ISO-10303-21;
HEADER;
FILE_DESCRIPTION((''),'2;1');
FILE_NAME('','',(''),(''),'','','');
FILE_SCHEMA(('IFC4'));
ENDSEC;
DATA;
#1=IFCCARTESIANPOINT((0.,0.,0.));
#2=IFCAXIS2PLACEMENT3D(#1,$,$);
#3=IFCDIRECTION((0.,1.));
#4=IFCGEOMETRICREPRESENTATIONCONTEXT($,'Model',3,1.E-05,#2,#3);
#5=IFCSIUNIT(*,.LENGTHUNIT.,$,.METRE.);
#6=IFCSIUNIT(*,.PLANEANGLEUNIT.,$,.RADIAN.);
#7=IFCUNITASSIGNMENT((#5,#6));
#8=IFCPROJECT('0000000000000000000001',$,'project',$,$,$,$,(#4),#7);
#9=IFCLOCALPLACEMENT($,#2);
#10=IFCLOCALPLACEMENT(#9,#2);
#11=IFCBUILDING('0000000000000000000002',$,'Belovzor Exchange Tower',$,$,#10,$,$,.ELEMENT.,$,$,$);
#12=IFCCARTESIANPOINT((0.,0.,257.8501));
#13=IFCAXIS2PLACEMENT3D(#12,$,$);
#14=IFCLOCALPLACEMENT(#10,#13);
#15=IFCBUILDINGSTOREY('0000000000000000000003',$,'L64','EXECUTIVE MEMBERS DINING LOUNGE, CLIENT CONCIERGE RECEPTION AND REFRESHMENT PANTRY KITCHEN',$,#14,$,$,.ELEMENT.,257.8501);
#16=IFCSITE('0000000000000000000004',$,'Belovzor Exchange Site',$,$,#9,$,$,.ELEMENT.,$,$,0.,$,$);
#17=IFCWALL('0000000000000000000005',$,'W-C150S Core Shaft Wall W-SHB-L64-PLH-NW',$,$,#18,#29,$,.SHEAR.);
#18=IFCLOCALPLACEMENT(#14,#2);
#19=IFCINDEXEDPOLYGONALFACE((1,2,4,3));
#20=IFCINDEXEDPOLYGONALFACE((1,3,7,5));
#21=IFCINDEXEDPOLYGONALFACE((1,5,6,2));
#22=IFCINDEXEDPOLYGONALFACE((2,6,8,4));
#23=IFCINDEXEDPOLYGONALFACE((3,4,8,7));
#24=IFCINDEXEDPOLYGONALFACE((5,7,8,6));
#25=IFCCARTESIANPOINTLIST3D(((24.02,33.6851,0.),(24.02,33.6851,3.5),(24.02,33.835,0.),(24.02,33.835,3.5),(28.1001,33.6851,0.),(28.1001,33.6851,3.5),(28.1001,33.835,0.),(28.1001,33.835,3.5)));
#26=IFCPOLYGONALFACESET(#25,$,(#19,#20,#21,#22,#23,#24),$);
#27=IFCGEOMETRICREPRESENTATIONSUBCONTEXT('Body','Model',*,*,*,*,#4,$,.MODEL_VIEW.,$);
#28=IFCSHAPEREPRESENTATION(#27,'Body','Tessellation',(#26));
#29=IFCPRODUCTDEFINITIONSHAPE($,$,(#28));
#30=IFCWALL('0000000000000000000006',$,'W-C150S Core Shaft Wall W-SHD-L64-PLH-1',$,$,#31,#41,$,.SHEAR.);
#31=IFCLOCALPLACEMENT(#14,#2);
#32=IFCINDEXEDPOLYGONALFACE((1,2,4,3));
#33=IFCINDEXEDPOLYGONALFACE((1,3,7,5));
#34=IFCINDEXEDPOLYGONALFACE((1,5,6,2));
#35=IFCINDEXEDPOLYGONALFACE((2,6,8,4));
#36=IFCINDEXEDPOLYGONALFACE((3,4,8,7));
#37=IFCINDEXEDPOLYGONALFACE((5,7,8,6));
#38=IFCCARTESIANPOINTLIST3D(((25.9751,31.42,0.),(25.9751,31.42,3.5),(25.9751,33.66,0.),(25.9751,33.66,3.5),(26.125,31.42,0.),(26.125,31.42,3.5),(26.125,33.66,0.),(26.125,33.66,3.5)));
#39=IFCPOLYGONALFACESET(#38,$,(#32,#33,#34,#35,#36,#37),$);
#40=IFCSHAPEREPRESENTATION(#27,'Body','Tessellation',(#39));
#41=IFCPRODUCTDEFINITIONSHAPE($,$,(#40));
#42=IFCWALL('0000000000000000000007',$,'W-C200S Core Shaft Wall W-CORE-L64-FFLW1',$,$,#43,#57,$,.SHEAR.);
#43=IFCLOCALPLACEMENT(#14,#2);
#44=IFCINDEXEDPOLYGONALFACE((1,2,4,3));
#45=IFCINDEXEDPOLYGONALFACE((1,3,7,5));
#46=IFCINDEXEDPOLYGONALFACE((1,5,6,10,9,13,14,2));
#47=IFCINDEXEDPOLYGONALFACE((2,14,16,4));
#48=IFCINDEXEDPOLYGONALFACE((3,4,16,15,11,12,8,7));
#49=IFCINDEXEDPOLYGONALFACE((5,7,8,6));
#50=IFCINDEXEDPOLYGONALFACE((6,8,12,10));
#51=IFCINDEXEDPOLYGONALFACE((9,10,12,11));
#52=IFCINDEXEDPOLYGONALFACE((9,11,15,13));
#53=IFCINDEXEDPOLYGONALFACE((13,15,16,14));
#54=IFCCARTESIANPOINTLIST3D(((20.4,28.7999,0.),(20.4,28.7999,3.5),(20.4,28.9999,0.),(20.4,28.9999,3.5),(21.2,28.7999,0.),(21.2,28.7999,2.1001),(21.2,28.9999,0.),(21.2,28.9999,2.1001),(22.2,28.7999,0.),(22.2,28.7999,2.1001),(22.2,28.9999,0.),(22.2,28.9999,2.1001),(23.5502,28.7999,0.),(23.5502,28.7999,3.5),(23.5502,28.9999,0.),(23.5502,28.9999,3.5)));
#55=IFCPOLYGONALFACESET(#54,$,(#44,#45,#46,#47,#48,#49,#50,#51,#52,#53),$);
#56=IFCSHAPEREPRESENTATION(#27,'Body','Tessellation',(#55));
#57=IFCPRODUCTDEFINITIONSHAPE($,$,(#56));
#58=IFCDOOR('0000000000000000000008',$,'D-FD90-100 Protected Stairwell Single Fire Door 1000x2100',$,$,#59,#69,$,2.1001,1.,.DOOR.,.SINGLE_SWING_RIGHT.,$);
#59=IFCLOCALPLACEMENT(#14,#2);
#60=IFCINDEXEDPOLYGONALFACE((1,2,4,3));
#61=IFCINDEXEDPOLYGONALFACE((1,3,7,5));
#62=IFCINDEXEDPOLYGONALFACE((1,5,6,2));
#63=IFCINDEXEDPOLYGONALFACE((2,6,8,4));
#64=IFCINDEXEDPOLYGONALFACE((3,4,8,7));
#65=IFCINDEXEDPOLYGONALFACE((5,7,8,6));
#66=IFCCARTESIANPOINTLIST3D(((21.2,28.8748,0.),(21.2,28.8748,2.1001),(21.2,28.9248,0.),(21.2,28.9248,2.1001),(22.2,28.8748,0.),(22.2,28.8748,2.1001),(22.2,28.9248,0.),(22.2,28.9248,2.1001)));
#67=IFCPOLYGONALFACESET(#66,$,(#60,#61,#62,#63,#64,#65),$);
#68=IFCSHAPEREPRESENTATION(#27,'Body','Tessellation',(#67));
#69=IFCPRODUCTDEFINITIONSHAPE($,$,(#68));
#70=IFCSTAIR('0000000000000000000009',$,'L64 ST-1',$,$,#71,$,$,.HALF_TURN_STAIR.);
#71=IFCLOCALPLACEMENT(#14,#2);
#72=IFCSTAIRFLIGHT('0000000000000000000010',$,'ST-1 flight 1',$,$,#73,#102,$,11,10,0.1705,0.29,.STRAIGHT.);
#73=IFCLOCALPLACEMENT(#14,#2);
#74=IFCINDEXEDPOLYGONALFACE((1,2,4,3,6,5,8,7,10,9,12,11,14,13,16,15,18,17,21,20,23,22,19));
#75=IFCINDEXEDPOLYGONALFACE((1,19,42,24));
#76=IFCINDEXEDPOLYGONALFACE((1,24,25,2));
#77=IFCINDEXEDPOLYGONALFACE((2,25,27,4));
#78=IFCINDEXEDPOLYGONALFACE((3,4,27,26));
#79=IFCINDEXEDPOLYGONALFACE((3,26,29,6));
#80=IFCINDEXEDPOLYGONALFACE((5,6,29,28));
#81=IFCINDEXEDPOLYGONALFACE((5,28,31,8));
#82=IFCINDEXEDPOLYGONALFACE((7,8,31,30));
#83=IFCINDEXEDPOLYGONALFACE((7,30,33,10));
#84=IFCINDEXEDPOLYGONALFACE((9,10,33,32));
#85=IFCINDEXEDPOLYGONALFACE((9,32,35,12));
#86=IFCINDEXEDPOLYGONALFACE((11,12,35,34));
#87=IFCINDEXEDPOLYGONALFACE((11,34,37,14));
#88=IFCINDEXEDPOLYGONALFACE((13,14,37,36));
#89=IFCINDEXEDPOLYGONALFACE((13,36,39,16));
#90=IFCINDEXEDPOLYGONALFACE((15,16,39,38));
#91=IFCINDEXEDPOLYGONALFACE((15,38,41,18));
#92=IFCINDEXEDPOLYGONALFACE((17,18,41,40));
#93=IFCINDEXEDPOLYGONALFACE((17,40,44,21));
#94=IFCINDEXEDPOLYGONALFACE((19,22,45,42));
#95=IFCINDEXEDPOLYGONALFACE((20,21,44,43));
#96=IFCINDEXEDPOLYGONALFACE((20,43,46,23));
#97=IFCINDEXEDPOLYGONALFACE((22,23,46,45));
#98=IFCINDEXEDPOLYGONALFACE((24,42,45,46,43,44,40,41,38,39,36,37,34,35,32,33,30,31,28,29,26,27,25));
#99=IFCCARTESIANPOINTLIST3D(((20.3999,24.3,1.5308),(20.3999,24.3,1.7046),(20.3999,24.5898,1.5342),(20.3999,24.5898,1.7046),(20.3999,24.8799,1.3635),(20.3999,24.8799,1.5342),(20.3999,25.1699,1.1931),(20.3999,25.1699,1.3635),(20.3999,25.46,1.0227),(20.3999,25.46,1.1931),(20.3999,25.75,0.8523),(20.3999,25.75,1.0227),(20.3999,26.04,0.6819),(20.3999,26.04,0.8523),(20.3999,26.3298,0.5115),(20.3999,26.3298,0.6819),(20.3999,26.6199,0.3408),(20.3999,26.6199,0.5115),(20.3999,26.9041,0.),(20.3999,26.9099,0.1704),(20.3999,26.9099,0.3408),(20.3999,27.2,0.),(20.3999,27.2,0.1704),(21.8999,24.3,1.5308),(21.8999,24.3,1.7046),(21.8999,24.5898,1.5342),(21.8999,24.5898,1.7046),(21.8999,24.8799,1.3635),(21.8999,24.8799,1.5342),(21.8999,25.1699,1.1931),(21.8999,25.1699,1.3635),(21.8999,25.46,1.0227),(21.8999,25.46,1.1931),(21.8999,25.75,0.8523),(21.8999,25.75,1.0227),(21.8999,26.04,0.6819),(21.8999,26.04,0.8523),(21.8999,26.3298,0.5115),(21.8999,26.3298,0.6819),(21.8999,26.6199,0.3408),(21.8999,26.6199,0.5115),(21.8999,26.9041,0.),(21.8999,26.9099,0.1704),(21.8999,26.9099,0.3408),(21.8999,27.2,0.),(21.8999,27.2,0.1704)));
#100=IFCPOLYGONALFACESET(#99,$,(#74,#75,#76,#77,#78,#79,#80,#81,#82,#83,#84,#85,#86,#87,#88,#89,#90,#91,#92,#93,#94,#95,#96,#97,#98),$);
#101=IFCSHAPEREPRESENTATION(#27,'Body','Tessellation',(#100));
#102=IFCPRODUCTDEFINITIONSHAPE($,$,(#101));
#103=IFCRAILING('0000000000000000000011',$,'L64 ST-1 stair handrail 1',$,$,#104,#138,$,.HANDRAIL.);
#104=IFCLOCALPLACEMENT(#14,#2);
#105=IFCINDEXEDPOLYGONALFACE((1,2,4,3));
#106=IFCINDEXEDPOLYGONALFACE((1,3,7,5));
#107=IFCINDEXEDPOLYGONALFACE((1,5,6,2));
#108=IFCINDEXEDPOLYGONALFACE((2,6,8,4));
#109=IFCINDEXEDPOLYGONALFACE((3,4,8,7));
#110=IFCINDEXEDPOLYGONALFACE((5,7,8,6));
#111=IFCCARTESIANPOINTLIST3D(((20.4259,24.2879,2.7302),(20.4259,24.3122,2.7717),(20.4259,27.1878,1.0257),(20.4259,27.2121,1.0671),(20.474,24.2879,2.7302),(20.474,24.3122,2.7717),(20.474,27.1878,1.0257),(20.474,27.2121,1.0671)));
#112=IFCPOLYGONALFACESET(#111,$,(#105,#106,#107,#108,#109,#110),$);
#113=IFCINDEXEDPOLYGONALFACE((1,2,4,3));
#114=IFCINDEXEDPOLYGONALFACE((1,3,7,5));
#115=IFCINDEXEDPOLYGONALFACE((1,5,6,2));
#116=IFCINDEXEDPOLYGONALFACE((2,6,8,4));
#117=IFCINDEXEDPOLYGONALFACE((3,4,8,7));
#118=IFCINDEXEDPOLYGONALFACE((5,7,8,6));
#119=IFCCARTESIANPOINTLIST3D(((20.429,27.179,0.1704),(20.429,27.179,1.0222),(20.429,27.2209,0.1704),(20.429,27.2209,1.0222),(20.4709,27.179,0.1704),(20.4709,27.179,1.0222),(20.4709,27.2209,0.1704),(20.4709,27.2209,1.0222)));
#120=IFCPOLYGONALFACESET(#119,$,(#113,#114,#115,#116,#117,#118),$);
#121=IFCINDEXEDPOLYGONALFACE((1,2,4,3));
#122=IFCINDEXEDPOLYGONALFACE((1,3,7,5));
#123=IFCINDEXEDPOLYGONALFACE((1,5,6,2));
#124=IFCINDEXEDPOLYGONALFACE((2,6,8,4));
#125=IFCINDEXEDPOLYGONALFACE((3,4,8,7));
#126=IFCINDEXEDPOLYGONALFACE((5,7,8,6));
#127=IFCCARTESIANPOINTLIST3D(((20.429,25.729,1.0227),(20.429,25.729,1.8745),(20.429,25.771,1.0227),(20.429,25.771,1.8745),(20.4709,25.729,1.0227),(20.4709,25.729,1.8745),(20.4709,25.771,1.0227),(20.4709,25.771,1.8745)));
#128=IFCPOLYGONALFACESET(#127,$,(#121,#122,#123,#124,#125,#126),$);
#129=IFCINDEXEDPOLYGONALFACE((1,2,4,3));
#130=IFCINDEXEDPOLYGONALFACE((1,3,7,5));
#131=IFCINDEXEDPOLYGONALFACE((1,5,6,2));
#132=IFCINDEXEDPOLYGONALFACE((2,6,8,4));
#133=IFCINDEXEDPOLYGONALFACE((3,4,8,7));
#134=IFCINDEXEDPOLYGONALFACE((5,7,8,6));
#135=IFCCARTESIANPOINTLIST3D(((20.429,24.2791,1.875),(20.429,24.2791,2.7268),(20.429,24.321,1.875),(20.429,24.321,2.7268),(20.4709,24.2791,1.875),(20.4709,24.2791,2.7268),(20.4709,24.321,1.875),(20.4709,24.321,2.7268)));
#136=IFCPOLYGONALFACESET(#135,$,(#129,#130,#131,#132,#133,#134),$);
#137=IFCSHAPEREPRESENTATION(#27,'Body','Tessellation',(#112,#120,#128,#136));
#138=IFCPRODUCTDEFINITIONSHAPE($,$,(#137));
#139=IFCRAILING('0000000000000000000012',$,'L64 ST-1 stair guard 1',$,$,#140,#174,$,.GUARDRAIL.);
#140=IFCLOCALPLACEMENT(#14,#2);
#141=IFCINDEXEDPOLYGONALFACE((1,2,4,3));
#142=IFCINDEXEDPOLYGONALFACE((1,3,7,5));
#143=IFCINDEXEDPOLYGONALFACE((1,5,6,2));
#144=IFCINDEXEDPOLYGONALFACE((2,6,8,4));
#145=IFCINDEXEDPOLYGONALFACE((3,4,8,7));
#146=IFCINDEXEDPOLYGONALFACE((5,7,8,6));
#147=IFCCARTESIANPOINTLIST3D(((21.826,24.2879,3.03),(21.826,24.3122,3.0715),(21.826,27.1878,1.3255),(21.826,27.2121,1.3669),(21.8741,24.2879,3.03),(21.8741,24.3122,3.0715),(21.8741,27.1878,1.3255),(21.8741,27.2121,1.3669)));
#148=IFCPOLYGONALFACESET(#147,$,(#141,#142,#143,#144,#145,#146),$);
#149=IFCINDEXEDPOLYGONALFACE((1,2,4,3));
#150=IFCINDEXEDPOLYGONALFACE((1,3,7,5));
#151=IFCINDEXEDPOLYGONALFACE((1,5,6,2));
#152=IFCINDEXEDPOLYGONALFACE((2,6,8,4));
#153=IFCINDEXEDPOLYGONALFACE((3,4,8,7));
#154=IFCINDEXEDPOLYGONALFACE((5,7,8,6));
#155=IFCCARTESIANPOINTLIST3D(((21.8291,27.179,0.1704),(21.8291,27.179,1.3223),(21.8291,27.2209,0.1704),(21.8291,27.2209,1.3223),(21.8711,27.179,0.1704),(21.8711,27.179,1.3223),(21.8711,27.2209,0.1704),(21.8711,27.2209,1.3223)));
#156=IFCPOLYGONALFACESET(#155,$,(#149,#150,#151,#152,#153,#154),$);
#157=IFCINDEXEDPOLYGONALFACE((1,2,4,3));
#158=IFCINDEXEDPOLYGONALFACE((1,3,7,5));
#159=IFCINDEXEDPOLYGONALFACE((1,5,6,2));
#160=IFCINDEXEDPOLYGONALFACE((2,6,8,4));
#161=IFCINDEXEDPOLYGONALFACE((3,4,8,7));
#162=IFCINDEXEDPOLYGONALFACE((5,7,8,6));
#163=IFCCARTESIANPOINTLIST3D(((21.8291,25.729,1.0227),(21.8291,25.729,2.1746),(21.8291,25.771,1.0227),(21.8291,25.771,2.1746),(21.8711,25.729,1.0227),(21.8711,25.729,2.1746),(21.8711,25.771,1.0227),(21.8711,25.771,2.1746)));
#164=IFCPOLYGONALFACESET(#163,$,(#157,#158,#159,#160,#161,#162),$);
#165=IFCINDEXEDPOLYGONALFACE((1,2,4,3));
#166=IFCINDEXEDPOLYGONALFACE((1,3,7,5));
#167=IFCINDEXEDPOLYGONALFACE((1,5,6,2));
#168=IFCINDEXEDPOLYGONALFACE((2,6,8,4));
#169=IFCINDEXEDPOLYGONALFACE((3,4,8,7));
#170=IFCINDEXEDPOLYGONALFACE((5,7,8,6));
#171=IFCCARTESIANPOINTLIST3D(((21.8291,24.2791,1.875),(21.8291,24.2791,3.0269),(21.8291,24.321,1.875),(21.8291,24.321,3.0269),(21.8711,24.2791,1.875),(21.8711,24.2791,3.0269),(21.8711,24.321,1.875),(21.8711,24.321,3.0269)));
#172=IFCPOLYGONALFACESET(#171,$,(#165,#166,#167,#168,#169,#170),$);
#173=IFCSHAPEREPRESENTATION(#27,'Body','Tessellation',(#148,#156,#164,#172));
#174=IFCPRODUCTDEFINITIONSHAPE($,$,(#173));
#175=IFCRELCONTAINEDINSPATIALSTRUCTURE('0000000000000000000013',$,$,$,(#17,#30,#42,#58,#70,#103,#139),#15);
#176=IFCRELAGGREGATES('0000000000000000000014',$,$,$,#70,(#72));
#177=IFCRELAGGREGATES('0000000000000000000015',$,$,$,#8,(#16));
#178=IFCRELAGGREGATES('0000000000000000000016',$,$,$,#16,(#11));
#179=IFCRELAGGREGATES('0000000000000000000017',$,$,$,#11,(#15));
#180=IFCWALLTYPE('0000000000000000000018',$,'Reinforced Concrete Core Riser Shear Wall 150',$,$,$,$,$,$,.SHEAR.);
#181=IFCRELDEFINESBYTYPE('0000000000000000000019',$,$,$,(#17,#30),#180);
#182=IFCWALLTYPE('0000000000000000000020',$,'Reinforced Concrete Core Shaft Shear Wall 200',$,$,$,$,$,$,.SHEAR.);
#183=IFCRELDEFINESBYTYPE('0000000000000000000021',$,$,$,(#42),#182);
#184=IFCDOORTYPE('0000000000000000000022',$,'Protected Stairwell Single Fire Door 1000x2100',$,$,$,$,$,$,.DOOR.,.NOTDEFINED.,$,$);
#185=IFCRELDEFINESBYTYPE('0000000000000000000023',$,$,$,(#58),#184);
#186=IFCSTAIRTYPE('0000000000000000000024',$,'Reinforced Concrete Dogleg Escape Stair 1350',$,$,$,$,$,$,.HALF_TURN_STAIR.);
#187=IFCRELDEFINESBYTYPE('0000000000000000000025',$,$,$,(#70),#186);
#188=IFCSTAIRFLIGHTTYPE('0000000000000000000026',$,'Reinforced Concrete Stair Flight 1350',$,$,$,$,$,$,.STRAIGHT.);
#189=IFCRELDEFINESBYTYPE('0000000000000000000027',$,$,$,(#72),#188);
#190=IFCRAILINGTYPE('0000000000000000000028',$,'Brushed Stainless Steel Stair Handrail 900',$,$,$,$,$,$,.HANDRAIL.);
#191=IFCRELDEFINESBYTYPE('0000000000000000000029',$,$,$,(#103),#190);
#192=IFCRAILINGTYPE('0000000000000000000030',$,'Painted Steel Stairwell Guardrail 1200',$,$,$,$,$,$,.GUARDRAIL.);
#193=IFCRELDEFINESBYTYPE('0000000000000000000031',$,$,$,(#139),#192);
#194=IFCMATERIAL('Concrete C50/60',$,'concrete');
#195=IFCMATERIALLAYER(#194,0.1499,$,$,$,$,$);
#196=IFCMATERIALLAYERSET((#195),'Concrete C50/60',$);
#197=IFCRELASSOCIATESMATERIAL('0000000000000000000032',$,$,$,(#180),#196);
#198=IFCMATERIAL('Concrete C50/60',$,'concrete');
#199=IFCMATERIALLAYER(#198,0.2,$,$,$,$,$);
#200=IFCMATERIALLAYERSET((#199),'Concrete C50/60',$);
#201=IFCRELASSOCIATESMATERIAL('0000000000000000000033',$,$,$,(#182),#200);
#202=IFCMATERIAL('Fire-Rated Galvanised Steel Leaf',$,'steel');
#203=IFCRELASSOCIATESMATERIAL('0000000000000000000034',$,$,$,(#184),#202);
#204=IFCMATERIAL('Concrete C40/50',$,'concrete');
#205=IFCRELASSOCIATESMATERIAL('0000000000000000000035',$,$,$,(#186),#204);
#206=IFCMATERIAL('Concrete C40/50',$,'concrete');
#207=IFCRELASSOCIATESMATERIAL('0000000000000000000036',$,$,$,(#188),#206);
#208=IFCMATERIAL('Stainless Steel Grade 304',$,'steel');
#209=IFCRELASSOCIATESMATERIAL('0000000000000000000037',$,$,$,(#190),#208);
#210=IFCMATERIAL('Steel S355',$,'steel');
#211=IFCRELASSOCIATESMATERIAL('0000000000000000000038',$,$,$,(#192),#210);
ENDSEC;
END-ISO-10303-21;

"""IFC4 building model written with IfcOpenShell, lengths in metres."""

from ifc_helpers import new_model, si_unit, direction, frame, frame_2d, origin, origin_2d, place, context, subcontext, project, spatial, polyline, rectangle, outline, extrude, material, layer, layer_set, type_object, element, fill, aggregate, save


model = new_model("IFC4")

# Units and contexts
model_context = context("Model", 3, precision=1e-05, world=origin(), true_north=direction((0.0, 1.0)))
body_context = subcontext(model_context, "Body", "Model", "MODEL_VIEW")
ifc_project = project(units=[si_unit("LENGTHUNIT", "METRE"), si_unit("PLANEANGLEUNIT", "RADIAN")], contexts=[model_context])

# Site, building, storey
site_placement = place(None, origin())
site = spatial("IfcSite", under=ifc_project, at=site_placement, Name="Belovzor Exchange Site", CompositionType="ELEMENT", RefElevation=0.0)
building_placement = place(site_placement, origin())
building = spatial("IfcBuilding", under=site, at=building_placement, Name="Belovzor Exchange Tower", CompositionType="ELEMENT")
storey_placement = place(building_placement, frame((0.0, 0.0, 257.8501)))
storey = spatial("IfcBuildingStorey", under=building, at=storey_placement, Name="L64", Description="EXECUTIVE MEMBERS DINING LOUNGE, CLIENT CONCIERGE RECEPTION AND REFRESHMENT PANTRY KITCHEN", CompositionType="ELEMENT", Elevation=257.8501)

# Walls
ifc_material_1 = material(Name="Concrete C50/60", Category="concrete")
ifc_layer_1 = layer(ifc_material_1, 0.1499)
ifc_layer_set_1 = layer_set([ifc_layer_1], Name="Concrete C50/60")
wall_type_1 = type_object("IfcWallType", Name="Reinforced Concrete Core Riser Shear Wall 150", PredefinedType="SHEAR", material=ifc_layer_set_1)
wall_1_placement = place(storey_placement, frame((24.02, 33.76, 0.0), z_axis=(0.0, 0.0, 1.0), x_axis=(1.0, 0.0, 0.0)))
element("IfcWall", 1, at=wall_1_placement, inside=storey, type_object=wall_type_1, Name="W-C150S Core Shaft Wall W-SHB-L64-PLH-NW", PredefinedType="SHEAR", context=body_context, shape_type="SweptSolid", body=[
    extrude(rectangle(XDim=4.0801, YDim=0.1499, at=frame_2d((2.04, 0.0))), origin(), (0.0, 0.0, 1.0), 3.5),
])
wall_2_placement = place(storey_placement, frame((26.05, 31.4199, 0.0), z_axis=(0.0, 0.0, 1.0), x_axis=(0.0, 1.0, 0.0)))
element("IfcWall", 2, at=wall_2_placement, inside=storey, type_object=wall_type_1, Name="W-C150S Core Shaft Wall W-SHD-L64-PLH-1", PredefinedType="SHEAR", context=body_context, shape_type="SweptSolid", body=[
    extrude(rectangle(XDim=2.24, YDim=0.1499, at=frame_2d((1.1201, 0.0))), origin(), (0.0, 0.0, 1.0), 3.5),
])

# Wall, opening, door
ifc_material_2 = material(Name="Concrete C50/60", Category="concrete")
ifc_layer_2 = layer(ifc_material_2, 0.2)
ifc_layer_set_2 = layer_set([ifc_layer_2], Name="Concrete C50/60")
wall_type_2 = type_object("IfcWallType", Name="Reinforced Concrete Core Shaft Shear Wall 200", PredefinedType="SHEAR", material=ifc_layer_set_2)
wall_3_placement = place(storey_placement, frame((20.3999, 28.8999, 0.0), z_axis=(0.0, 0.0, 1.0), x_axis=(1.0, 0.0, 0.0)))
wall_3 = element("IfcWall", 3, at=wall_3_placement, inside=storey, type_object=wall_type_2, Name="W-C200S Core Shaft Wall W-CORE-L64-FFLW1", PredefinedType="SHEAR", context=body_context, shape_type="SweptSolid", body=[
    extrude(rectangle(XDim=3.1501, YDim=0.2, at=frame_2d((1.5752, 0.0))), origin(), (0.0, 0.0, 1.0), 3.5),
])
opening_1_placement = place(wall_3_placement, frame((0.8, 0.0, 0.0)))
opening_1 = element("IfcOpeningElement", 4, at=opening_1_placement, cuts=wall_3, PredefinedType="OPENING", context=body_context, shape_type="SweptSolid", body=[
    extrude(rectangle(XDim=1.0, YDim=2.1001, at=frame_2d((0.5, 1.05))), frame((0.0, 0.1099, 0.0), z_axis=(0.0, -1.0, 0.0), x_axis=(1.0, 0.0, 0.0)), (0.0, 0.0, 1.0), 0.22),
])
ifc_material_3 = material(Name="Fire-Rated Galvanised Steel Leaf", Category="steel")
door_type_1 = type_object("IfcDoorType", Name="Protected Stairwell Single Fire Door 1000x2100", OperationType="NOTDEFINED", PredefinedType="DOOR", material=ifc_material_3)
door_1_placement = place(opening_1_placement, origin())
door_1 = element("IfcDoor", 5, at=door_1_placement, inside=storey, type_object=door_type_1, Name="D-FD90-100 Protected Stairwell Single Fire Door 1000x2100", OperationType="SINGLE_SWING_RIGHT", OverallHeight=2.1001, OverallWidth=1.0, PredefinedType="DOOR", context=body_context, shape_type="SweptSolid", body=[
    extrude(rectangle(XDim=1.0, YDim=2.1001, at=frame_2d((0.5, 1.05))), frame((0.0, 0.0249, 0.0), z_axis=(0.0, -1.0, 0.0), x_axis=(1.0, 0.0, 0.0)), (0.0, 0.0, 1.0), 0.05),
])
fill(opening_1, door_1)

# Stair, stair flight
ifc_material_4 = material(Name="Concrete C40/50", Category="concrete")
stair_type = type_object("IfcStairType", Name="Reinforced Concrete Dogleg Escape Stair 1350", PredefinedType="HALF_TURN_STAIR", material=ifc_material_4)
stair_placement = place(storey_placement, origin())
stair = element("IfcStair", 6, at=stair_placement, inside=storey, type_object=stair_type, Name="L64 ST-1", PredefinedType="HALF_TURN_STAIR")
ifc_material_5 = material(Name="Concrete C40/50", Category="concrete")
stair_flight_type = type_object("IfcStairFlightType", Name="Reinforced Concrete Stair Flight 1350", PredefinedType="STRAIGHT", material=ifc_material_5)
stair_flight_placement = place(storey_placement, frame((21.1499, 27.2, 0.0), z_axis=(0.0, 0.0, 1.0), x_axis=(0.0, -1.0, 0.0)))
stair_flight = element("IfcStairFlight", 7, at=stair_flight_placement, type_object=stair_flight_type, Name="ST-1 flight 1", NumberOfRisers=11, NumberOfTreads=10, PredefinedType="STRAIGHT", RiserHeight=0.1705, TreadLength=0.29, context=body_context, shape_type="SweptSolid", body=[
    extrude(outline(polyline([(0.0, 0.0), (0.0, 0.1704), (0.29, 0.1704), (0.29, 0.3408), (0.5801, 0.3408), (0.5801, 0.5115), (0.8701, 0.5115), (0.8701, 0.6819), (1.1599, 0.6819), (1.1599, 0.8523), (1.45, 0.8523), (1.45, 1.0227), (1.74, 1.0227), (1.74, 1.1931), (2.03, 1.1931), (2.03, 1.3635), (2.3201, 1.3635), (2.3201, 1.5342), (2.6101, 1.5342), (2.6101, 1.7046), (2.8999, 1.7046), (2.8999, 1.875), (2.8999, 1.5308), (0.2959, 0.0), (0.0, 0.0)])), frame((0.0, 0.75, 0.0), z_axis=(0.0, -1.0, 0.0), x_axis=(1.0, 0.0, 0.0)), (0.0, 0.0, 1.0), 1.5),
])
aggregate(stair, [stair_flight])

# Railings
ifc_material_6 = material(Name="Stainless Steel Grade 304", Category="steel")
railing_type_1 = type_object("IfcRailingType", Name="Brushed Stainless Steel Stair Handrail 900", PredefinedType="HANDRAIL", material=ifc_material_6)
railing_1_placement = place(storey_placement, frame((20.45, 27.2, 0.1704)))
element("IfcRailing", 8, at=railing_1_placement, inside=storey, type_object=railing_type_1, Name="L64 ST-1 stair handrail 1", PredefinedType="HANDRAIL", context=body_context, shape_type="SweptSolid", body=[
    extrude(rectangle(XDim=0.0481, YDim=0.0481, at=origin_2d()), frame((0.0, 0.0, 0.876), z_axis=(0.0, -0.862095, 0.506747), x_axis=(1.0, 0.0, 0.0)), (0.0, 0.0, 1.0), 3.3638),
    extrude(rectangle(XDim=0.042, YDim=0.042, at=origin_2d()), origin(), (0.0, 0.0, 1.0), 0.8518),
    extrude(rectangle(XDim=0.042, YDim=0.042, at=origin_2d()), frame((0.0, -1.45, 0.8523)), (0.0, 0.0, 1.0), 0.8518),
    extrude(rectangle(XDim=0.042, YDim=0.042, at=origin_2d()), frame((0.0, -2.8999, 1.7046)), (0.0, 0.0, 1.0), 0.8518),
])
ifc_material_7 = material(Name="Steel S355", Category="steel")
railing_type_2 = type_object("IfcRailingType", Name="Painted Steel Stairwell Guardrail 1200", PredefinedType="GUARDRAIL", material=ifc_material_7)
railing_2_placement = place(storey_placement, frame((21.8501, 27.2, 0.1704)))
element("IfcRailing", 9, at=railing_2_placement, inside=storey, type_object=railing_type_2, Name="L64 ST-1 stair guard 1", PredefinedType="GUARDRAIL", context=body_context, shape_type="SweptSolid", body=[
    extrude(rectangle(XDim=0.0481, YDim=0.0481, at=origin_2d()), frame((0.0, 0.0, 1.1758), z_axis=(0.0, -0.862095, 0.506747), x_axis=(1.0, 0.0, 0.0)), (0.0, 0.0, 1.0), 3.3638),
    extrude(rectangle(XDim=0.042, YDim=0.042, at=origin_2d()), origin(), (0.0, 0.0, 1.0), 1.1519),
    extrude(rectangle(XDim=0.042, YDim=0.042, at=origin_2d()), frame((0.0, -1.45, 0.8523)), (0.0, 0.0, 1.0), 1.1519),
    extrude(rectangle(XDim=0.042, YDim=0.042, at=origin_2d()), frame((0.0, -2.8999, 1.7046)), (0.0, 0.0, 1.0), 1.1519),
])

save(model, "model.ifc")
